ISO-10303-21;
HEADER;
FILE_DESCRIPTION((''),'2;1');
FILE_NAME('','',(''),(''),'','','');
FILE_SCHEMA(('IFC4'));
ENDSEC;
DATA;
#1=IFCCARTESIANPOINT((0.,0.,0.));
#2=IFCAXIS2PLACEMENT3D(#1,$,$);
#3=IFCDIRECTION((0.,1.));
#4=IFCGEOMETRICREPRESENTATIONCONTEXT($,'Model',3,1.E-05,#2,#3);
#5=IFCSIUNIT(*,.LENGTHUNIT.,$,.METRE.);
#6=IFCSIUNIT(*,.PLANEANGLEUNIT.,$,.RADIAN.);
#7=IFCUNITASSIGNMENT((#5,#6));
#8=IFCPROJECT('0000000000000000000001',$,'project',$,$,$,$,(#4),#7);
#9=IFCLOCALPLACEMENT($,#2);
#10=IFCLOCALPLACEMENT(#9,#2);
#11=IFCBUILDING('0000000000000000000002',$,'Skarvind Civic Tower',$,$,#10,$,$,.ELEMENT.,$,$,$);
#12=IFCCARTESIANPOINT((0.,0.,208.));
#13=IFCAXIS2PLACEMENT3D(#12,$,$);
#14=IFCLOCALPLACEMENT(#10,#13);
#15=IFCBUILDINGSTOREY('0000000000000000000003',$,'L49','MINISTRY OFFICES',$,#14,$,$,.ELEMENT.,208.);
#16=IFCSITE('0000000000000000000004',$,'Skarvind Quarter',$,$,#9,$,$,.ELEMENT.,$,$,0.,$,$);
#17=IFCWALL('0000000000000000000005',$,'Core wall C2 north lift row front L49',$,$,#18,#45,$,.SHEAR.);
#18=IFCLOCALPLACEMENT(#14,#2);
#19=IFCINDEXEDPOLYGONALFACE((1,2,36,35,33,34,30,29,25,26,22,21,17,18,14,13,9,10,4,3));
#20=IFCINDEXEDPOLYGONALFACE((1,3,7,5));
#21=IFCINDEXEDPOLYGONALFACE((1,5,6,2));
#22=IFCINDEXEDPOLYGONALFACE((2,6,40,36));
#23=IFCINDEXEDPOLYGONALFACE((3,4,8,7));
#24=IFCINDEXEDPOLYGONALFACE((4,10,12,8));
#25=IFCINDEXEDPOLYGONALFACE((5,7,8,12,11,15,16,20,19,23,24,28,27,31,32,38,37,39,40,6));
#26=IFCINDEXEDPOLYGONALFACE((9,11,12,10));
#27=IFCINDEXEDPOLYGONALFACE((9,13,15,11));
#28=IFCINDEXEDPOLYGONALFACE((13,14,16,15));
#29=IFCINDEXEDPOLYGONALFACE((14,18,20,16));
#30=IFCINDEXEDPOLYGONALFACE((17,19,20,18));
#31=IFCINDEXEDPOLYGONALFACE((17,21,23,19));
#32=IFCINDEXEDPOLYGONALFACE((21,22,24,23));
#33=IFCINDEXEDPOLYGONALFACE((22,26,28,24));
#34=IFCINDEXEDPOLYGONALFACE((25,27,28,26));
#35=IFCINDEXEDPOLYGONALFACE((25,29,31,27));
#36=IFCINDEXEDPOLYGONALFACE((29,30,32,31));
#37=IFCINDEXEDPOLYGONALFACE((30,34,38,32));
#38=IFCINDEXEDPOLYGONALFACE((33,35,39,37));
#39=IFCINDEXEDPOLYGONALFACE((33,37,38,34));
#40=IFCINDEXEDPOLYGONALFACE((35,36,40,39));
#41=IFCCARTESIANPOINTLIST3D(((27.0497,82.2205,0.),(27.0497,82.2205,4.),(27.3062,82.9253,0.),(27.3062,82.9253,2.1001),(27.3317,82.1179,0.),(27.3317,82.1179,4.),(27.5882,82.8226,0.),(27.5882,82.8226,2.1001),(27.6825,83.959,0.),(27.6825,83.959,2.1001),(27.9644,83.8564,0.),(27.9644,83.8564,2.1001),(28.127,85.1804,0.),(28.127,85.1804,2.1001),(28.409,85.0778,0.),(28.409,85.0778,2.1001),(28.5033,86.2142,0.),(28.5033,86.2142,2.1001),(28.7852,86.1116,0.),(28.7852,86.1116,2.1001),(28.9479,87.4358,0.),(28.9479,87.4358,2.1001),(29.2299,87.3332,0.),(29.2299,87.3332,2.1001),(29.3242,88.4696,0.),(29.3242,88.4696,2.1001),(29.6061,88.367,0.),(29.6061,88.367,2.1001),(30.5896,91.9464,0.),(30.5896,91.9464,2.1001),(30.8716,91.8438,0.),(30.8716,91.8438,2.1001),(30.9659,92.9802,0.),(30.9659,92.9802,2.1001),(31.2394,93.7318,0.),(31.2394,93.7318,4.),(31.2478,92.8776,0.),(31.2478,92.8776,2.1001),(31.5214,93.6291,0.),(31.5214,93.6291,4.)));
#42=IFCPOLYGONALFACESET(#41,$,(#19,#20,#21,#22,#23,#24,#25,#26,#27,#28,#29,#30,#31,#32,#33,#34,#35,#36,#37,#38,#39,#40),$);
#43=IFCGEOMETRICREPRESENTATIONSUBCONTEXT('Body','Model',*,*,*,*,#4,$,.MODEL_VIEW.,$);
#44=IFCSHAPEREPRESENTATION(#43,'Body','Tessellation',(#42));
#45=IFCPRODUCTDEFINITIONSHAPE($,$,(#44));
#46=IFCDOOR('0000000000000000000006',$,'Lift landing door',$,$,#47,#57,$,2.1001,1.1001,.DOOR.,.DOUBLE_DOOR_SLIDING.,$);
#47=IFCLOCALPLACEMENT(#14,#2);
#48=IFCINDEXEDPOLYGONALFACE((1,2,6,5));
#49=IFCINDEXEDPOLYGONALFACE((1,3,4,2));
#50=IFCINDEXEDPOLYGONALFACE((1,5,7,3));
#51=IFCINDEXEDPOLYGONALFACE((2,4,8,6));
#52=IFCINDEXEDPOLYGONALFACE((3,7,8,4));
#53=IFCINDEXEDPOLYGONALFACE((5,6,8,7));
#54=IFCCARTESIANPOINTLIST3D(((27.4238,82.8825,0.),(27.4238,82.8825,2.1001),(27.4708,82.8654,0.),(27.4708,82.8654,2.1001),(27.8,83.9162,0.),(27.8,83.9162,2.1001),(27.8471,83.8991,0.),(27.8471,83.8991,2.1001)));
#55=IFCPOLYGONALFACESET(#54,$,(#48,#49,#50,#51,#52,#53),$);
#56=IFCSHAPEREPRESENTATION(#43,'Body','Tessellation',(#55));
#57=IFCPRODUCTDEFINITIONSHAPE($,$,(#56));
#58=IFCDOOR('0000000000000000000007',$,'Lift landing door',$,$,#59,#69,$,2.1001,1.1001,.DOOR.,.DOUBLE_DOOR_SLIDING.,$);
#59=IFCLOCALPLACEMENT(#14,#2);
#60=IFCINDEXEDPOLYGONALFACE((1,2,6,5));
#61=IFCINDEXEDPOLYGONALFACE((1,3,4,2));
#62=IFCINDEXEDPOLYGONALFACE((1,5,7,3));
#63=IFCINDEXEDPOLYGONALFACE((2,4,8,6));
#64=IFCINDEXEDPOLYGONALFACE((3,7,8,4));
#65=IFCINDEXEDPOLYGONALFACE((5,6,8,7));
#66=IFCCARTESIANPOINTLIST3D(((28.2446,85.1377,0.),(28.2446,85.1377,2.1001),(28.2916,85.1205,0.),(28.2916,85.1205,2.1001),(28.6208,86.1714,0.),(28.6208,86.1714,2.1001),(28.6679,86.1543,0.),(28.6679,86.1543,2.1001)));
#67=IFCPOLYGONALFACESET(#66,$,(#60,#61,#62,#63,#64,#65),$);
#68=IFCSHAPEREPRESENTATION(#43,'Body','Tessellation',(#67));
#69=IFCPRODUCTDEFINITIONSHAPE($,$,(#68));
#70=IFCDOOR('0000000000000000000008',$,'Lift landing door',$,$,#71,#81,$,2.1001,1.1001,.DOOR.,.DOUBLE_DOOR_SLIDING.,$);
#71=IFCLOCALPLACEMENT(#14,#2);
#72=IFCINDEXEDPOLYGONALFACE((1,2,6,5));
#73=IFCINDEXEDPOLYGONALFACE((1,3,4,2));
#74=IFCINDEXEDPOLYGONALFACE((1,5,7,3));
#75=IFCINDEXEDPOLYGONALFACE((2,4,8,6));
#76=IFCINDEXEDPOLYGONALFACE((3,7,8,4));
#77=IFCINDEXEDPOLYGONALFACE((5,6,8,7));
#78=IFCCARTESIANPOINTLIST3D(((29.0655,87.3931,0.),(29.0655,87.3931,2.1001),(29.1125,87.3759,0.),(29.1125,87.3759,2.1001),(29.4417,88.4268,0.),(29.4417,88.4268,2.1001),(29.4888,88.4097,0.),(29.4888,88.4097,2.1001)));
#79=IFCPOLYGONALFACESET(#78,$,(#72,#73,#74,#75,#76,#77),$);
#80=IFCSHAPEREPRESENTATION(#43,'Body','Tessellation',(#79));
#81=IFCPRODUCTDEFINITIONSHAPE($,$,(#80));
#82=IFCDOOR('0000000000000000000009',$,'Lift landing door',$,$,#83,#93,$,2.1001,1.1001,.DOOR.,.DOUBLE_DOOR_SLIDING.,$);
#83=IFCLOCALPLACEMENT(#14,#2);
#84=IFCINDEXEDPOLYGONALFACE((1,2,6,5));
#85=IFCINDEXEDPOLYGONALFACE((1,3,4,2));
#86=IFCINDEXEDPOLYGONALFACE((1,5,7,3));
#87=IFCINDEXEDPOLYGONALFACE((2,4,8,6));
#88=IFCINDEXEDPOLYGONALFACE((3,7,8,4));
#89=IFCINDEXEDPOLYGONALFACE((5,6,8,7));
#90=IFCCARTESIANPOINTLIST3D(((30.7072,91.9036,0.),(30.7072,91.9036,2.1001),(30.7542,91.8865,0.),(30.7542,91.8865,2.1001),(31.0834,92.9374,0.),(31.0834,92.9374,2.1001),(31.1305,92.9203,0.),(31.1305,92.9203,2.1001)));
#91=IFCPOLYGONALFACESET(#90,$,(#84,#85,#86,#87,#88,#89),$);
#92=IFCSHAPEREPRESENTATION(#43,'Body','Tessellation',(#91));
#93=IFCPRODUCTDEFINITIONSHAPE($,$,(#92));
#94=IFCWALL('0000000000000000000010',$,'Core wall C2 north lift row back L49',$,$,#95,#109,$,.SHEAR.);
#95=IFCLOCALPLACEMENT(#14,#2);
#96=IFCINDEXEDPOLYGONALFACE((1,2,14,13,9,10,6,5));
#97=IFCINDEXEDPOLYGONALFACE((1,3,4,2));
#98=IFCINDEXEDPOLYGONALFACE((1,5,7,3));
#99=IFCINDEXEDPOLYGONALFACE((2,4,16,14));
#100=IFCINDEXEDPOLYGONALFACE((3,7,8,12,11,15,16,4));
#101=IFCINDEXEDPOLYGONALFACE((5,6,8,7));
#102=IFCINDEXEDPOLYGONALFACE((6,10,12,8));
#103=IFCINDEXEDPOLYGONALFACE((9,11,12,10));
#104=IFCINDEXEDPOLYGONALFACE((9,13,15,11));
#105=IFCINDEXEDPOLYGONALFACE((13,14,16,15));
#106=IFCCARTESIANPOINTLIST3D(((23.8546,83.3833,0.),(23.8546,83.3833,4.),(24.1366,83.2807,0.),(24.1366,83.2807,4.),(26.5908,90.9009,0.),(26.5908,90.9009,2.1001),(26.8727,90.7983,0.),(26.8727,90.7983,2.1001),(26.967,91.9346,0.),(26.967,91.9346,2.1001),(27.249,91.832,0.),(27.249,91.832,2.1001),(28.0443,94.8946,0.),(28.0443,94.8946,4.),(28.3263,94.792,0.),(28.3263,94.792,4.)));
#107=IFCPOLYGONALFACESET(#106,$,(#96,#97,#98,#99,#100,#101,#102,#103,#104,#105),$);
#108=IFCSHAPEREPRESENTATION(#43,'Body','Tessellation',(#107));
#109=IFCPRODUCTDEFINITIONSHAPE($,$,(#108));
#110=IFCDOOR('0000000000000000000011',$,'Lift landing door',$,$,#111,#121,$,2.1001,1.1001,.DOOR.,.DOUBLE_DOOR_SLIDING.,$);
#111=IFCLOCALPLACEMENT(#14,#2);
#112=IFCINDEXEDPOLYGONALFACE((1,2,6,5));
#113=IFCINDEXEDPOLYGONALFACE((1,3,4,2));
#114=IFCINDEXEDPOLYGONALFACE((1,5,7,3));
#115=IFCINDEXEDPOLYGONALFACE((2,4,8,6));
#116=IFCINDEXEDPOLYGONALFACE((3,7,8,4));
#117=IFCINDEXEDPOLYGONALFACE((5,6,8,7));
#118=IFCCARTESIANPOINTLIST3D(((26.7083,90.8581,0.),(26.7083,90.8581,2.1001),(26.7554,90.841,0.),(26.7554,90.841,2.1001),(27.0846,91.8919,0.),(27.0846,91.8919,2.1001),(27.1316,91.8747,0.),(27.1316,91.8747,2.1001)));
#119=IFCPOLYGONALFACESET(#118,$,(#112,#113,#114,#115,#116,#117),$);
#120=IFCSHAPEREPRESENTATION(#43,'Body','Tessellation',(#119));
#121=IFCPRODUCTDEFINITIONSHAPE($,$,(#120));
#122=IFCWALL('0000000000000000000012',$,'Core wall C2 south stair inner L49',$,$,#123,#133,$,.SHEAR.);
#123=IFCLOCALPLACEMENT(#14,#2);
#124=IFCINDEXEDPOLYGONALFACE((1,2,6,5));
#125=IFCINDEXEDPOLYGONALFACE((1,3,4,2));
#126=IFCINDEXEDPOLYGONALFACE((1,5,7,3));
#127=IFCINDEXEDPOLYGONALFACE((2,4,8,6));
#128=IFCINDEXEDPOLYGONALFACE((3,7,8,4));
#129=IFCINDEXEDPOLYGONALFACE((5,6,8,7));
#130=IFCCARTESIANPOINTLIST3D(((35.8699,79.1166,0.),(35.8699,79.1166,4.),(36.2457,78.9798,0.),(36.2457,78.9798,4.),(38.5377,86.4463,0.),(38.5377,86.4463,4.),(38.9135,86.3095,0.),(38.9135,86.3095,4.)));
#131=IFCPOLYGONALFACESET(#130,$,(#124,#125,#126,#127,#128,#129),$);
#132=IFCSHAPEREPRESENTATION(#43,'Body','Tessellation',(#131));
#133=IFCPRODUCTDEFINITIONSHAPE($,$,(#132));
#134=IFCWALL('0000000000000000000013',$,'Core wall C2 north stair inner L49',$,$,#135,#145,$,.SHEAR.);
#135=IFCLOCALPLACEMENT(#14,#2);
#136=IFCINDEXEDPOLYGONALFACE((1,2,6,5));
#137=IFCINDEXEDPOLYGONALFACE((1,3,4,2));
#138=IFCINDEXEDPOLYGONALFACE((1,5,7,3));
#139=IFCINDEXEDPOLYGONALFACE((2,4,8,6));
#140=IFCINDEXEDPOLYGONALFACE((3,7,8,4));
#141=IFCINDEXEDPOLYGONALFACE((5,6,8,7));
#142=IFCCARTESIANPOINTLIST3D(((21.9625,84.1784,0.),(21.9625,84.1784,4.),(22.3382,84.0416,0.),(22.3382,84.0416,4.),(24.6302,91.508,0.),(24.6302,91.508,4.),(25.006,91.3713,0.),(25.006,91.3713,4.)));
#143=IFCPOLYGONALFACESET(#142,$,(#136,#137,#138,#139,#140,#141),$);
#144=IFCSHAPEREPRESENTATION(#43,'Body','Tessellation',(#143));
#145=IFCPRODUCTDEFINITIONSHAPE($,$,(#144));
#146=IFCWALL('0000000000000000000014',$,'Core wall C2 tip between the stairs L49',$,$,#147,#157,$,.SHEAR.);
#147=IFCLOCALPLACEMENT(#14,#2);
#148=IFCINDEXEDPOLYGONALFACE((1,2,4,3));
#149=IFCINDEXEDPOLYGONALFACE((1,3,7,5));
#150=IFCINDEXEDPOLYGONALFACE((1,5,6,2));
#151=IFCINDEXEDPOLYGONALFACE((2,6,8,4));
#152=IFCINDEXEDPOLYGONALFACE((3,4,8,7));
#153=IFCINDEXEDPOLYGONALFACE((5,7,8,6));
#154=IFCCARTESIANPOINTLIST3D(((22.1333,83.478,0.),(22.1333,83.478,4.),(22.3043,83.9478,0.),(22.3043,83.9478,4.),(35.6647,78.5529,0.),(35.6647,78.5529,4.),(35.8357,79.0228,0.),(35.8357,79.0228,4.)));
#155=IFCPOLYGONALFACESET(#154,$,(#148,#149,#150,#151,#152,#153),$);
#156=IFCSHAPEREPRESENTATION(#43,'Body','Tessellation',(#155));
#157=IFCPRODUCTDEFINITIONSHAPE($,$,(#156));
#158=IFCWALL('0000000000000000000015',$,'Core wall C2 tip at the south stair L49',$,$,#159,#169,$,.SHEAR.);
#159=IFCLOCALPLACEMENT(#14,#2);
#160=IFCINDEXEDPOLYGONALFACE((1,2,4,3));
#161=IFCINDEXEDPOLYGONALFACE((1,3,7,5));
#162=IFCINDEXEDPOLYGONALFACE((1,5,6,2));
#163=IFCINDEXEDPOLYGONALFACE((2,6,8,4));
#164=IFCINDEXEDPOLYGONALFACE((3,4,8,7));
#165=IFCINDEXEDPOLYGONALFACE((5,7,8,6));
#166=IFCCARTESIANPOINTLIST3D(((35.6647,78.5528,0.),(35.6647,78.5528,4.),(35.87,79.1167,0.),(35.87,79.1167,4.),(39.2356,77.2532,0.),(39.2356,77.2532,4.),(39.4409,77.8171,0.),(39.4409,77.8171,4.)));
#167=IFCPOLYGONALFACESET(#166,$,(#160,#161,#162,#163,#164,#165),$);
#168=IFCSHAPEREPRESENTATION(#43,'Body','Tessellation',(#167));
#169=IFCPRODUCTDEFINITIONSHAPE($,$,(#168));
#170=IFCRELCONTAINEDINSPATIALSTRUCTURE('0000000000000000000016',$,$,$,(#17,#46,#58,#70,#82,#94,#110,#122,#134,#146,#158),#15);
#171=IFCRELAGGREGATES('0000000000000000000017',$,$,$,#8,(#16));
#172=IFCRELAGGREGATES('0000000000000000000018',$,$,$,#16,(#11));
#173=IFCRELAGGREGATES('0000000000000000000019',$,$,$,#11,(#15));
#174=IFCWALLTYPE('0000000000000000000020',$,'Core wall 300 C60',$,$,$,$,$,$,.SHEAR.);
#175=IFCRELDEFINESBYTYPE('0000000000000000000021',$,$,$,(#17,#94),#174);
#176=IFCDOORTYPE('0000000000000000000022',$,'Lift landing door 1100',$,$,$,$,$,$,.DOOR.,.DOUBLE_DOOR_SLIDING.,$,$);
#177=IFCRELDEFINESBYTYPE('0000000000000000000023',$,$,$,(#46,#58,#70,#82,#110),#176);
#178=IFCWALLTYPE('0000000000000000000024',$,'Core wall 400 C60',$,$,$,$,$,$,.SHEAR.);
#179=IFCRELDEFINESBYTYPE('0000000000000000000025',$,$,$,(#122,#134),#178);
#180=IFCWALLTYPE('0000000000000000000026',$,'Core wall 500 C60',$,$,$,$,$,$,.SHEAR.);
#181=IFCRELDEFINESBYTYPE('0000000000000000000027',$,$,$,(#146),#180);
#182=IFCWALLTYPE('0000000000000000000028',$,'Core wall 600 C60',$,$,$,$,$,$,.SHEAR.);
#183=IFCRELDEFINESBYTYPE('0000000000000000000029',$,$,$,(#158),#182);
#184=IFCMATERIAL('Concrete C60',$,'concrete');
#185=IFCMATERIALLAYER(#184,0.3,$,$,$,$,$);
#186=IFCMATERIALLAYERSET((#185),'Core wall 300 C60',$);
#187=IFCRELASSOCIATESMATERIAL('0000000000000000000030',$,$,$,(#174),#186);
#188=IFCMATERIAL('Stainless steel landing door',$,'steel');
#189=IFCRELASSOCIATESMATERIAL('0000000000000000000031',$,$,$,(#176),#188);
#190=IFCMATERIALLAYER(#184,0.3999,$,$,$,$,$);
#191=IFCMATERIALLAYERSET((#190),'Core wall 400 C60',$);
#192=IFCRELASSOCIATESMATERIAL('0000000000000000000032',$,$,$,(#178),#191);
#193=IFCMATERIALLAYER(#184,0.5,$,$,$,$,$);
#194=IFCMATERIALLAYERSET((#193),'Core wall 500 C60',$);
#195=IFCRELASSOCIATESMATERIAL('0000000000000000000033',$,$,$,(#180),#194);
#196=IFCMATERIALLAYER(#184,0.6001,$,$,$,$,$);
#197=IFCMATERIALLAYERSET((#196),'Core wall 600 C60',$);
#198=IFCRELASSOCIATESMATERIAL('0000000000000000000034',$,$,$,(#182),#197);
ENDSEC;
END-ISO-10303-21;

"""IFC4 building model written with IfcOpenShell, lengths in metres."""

from ifc_helpers import new_model, si_unit, direction, frame, frame_2d, origin, place, context, subcontext, project, spatial, rectangle, extrude, material, layer, layer_set, type_object, element, fill, save


model = new_model("IFC4")

# Units and contexts
model_context = context("Model", 3, precision=1e-05, world=origin(), true_north=direction((0.0, 1.0)))
body_context = subcontext(model_context, "Body", "Model", "MODEL_VIEW")
ifc_project = project(units=[si_unit("LENGTHUNIT", "METRE"), si_unit("PLANEANGLEUNIT", "RADIAN")], contexts=[model_context])

# Site, building, storey
site_placement = place(None, origin())
site = spatial("IfcSite", under=ifc_project, at=site_placement, Name="Skarvind Quarter", CompositionType="ELEMENT", RefElevation=0.0)
building_placement = place(site_placement, origin())
building = spatial("IfcBuilding", under=site, at=building_placement, Name="Skarvind Civic Tower", CompositionType="ELEMENT")
storey_placement = place(building_placement, frame((0.0, 0.0, 208.0)))
storey = spatial("IfcBuildingStorey", under=building, at=storey_placement, Name="L49", Description="MINISTRY OFFICES", CompositionType="ELEMENT", Elevation=208.0)

# Shared definitions
ifc_material_1 = material(Name="Concrete C60", Category="concrete")
ifc_layer_1 = layer(ifc_material_1, 0.3)
ifc_layer_set_1 = layer_set([ifc_layer_1], Name="Core wall 300 C60")
wall_type_1 = type_object("IfcWallType", Name="Core wall 300 C60", PredefinedType="SHEAR", material=ifc_layer_set_1)

# Wall, openings, doors
wall_1_placement = place(storey_placement, frame((27.1907, 82.1692, 0.0), z_axis=(0.0, 0.0, 1.0), x_axis=(0.342017, 0.939694, 0.0)))
wall_1 = element("IfcWall", 1, at=wall_1_placement, inside=storey, type_object=wall_type_1, Name="Core wall C2 north lift row front L49", PredefinedType="SHEAR", context=body_context, shape_type="SweptSolid", body=[
    extrude(rectangle(XDim=12.25, YDim=0.3, at=frame_2d((6.125, 0.0))), origin(), (0.0, 0.0, 1.0), 4.0),
])
opening_1_placement = place(wall_1_placement, frame((0.75, 0.0, 0.0)))
opening_1 = element("IfcOpeningElement", 2, at=opening_1_placement, cuts=wall_1, PredefinedType="OPENING", context=body_context, shape_type="SweptSolid", body=[
    extrude(rectangle(XDim=1.1001, YDim=2.1001, at=frame_2d((0.55, 1.05))), frame((0.0, 0.1599, 0.0), z_axis=(0.0, -1.0, 0.0), x_axis=(1.0, 0.0, 0.0)), (0.0, 0.0, 1.0), 0.3201),
])
opening_2_placement = place(wall_1_placement, frame((3.1499, 0.0, 0.0)))
opening_2 = element("IfcOpeningElement", 3, at=opening_2_placement, cuts=wall_1, PredefinedType="OPENING", context=body_context, shape_type="SweptSolid", body=[
    extrude(rectangle(XDim=1.1001, YDim=2.1001, at=frame_2d((0.55, 1.05))), frame((0.0, 0.1599, 0.0), z_axis=(0.0, -1.0, 0.0), x_axis=(1.0, 0.0, 0.0)), (0.0, 0.0, 1.0), 0.3201),
])
opening_3_placement = place(wall_1_placement, frame((5.55, 0.0, 0.0)))
opening_3 = element("IfcOpeningElement", 4, at=opening_3_placement, cuts=wall_1, PredefinedType="OPENING", context=body_context, shape_type="SweptSolid", body=[
    extrude(rectangle(XDim=1.1001, YDim=2.1001, at=frame_2d((0.55, 1.05))), frame((0.0, 0.1599, 0.0), z_axis=(0.0, -1.0, 0.0), x_axis=(1.0, 0.0, 0.0)), (0.0, 0.0, 1.0), 0.3201),
])
opening_4_placement = place(wall_1_placement, frame((10.3501, 0.0, 0.0)))
opening_4 = element("IfcOpeningElement", 5, at=opening_4_placement, cuts=wall_1, PredefinedType="OPENING", context=body_context, shape_type="SweptSolid", body=[
    extrude(rectangle(XDim=1.1001, YDim=2.1001, at=frame_2d((0.55, 1.05))), frame((0.0, 0.1599, 0.0), z_axis=(0.0, -1.0, 0.0), x_axis=(1.0, 0.0, 0.0)), (0.0, 0.0, 1.0), 0.3201),
])
ifc_material_2 = material(Name="Stainless steel landing door", Category="steel")
door_type_1 = type_object("IfcDoorType", Name="Lift landing door 1100", OperationType="DOUBLE_DOOR_SLIDING", PredefinedType="DOOR", material=ifc_material_2)
door_1_placement = place(opening_1_placement, origin())
door_1 = element("IfcDoor", 6, at=door_1_placement, inside=storey, type_object=door_type_1, Name="Lift landing door", OperationType="DOUBLE_DOOR_SLIDING", OverallHeight=2.1001, OverallWidth=1.1001, PredefinedType="DOOR", context=body_context, shape_type="SweptSolid", body=[
    extrude(rectangle(XDim=1.1001, YDim=2.1001, at=frame_2d((0.55, 1.05))), frame((0.0, 0.0249, 0.0), z_axis=(0.0, -1.0, 0.0), x_axis=(1.0, 0.0, 0.0)), (0.0, 0.0, 1.0), 0.05),
])
fill(opening_1, door_1)
door_2_placement = place(opening_2_placement, origin())
door_2 = element("IfcDoor", 7, at=door_2_placement, inside=storey, type_object=door_type_1, Name="Lift landing door", OperationType="DOUBLE_DOOR_SLIDING", OverallHeight=2.1001, OverallWidth=1.1001, PredefinedType="DOOR", context=body_context, shape_type="SweptSolid", body=[
    extrude(rectangle(XDim=1.1001, YDim=2.1001, at=frame_2d((0.55, 1.05))), frame((0.0, 0.0249, 0.0), z_axis=(0.0, -1.0, 0.0), x_axis=(1.0, 0.0, 0.0)), (0.0, 0.0, 1.0), 0.05),
])
fill(opening_2, door_2)
door_3_placement = place(opening_3_placement, origin())
door_3 = element("IfcDoor", 8, at=door_3_placement, inside=storey, type_object=door_type_1, Name="Lift landing door", OperationType="DOUBLE_DOOR_SLIDING", OverallHeight=2.1001, OverallWidth=1.1001, PredefinedType="DOOR", context=body_context, shape_type="SweptSolid", body=[
    extrude(rectangle(XDim=1.1001, YDim=2.1001, at=frame_2d((0.55, 1.05))), frame((0.0, 0.0249, 0.0), z_axis=(0.0, -1.0, 0.0), x_axis=(1.0, 0.0, 0.0)), (0.0, 0.0, 1.0), 0.05),
])
fill(opening_3, door_3)
door_4_placement = place(opening_4_placement, origin())
door_4 = element("IfcDoor", 9, at=door_4_placement, inside=storey, type_object=door_type_1, Name="Lift landing door", OperationType="DOUBLE_DOOR_SLIDING", OverallHeight=2.1001, OverallWidth=1.1001, PredefinedType="DOOR", context=body_context, shape_type="SweptSolid", body=[
    extrude(rectangle(XDim=1.1001, YDim=2.1001, at=frame_2d((0.55, 1.05))), frame((0.0, 0.0249, 0.0), z_axis=(0.0, -1.0, 0.0), x_axis=(1.0, 0.0, 0.0)), (0.0, 0.0, 1.0), 0.05),
])
fill(opening_4, door_4)

# Wall, opening, door
wall_2_placement = place(storey_placement, frame((23.9956, 83.332, 0.0), z_axis=(0.0, 0.0, 1.0), x_axis=(0.342017, 0.939694, 0.0)))
wall_2 = element("IfcWall", 10, at=wall_2_placement, inside=storey, type_object=wall_type_1, Name="Core wall C2 north lift row back L49", PredefinedType="SHEAR", context=body_context, shape_type="SweptSolid", body=[
    extrude(rectangle(XDim=12.25, YDim=0.3, at=frame_2d((6.125, 0.0))), origin(), (0.0, 0.0, 1.0), 4.0),
])
opening_5_placement = place(wall_2_placement, frame((8.0, 0.0, 0.0)))
opening_5 = element("IfcOpeningElement", 11, at=opening_5_placement, cuts=wall_2, PredefinedType="OPENING", context=body_context, shape_type="SweptSolid", body=[
    extrude(rectangle(XDim=1.1001, YDim=2.1001, at=frame_2d((0.55, 1.05))), frame((0.0, 0.1599, 0.0), z_axis=(0.0, -1.0, 0.0), x_axis=(1.0, 0.0, 0.0)), (0.0, 0.0, 1.0), 0.3201),
])
door_5_placement = place(opening_5_placement, origin())
door_5 = element("IfcDoor", 12, at=door_5_placement, inside=storey, type_object=door_type_1, Name="Lift landing door", OperationType="DOUBLE_DOOR_SLIDING", OverallHeight=2.1001, OverallWidth=1.1001, PredefinedType="DOOR", context=body_context, shape_type="SweptSolid", body=[
    extrude(rectangle(XDim=1.1001, YDim=2.1001, at=frame_2d((0.55, 1.05))), frame((0.0, 0.0249, 0.0), z_axis=(0.0, -1.0, 0.0), x_axis=(1.0, 0.0, 0.0)), (0.0, 0.0, 1.0), 0.05),
])
fill(opening_5, door_5)

# Walls
ifc_layer_2 = layer(ifc_material_1, 0.3999)
ifc_layer_set_2 = layer_set([ifc_layer_2], Name="Core wall 400 C60")
wall_type_2 = type_object("IfcWallType", Name="Core wall 400 C60", PredefinedType="SHEAR", material=ifc_layer_set_2)
for number, where, z_axis, x_axis, name in (
    (13, (36.0579, 79.0483, 0.0), (0.0, 0.0, 1.0), (0.342017, 0.939694, 0.0), "Core wall C2 south stair inner L49"),
    (14, (22.1504, 84.1101, 0.0), (0.0, 0.0, 1.0), (0.342017, 0.939694, 0.0), "Core wall C2 north stair inner L49"),
):
    element("IfcWall", number, at=place(storey_placement, frame(where, z_axis=z_axis, x_axis=x_axis)), inside=storey, type_object=wall_type_2, Name=name, PredefinedType="SHEAR", context=body_context, shape_type="SweptSolid", body=[
        extrude(rectangle(XDim=7.8, YDim=0.3999, at=frame_2d((3.8999, 0.0))), origin(), (0.0, 0.0, 1.0), 4.0),
    ])
ifc_layer_3 = layer(ifc_material_1, 0.5)
ifc_layer_set_3 = layer_set([ifc_layer_3], Name="Core wall 500 C60")
wall_type_3 = type_object("IfcWallType", Name="Core wall 500 C60", PredefinedType="SHEAR", material=ifc_layer_set_3)
wall_3_placement = place(storey_placement, frame((35.7502, 78.7878, 0.0), z_axis=(0.0, 0.0, 1.0), x_axis=(-0.939693, 0.342019, 0.0)))
element("IfcWall", 15, at=wall_3_placement, inside=storey, type_object=wall_type_3, Name="Core wall C2 tip between the stairs L49", PredefinedType="SHEAR", context=body_context, shape_type="SweptSolid", body=[
    extrude(rectangle(XDim=14.3999, YDim=0.5, at=frame_2d((7.2, 0.0))), origin(), (0.0, 0.0, 1.0), 4.0),
])
ifc_layer_4 = layer(ifc_material_1, 0.6001)
ifc_layer_set_4 = layer_set([ifc_layer_4], Name="Core wall 600 C60")
wall_type_4 = type_object("IfcWallType", Name="Core wall 600 C60", PredefinedType="SHEAR", material=ifc_layer_set_4)
for number, where, z_axis, x_axis, name in (
    (16, (39.3381, 77.5352, 0.0), (0.0, 0.0, 1.0), (-0.939701, 0.341996, 0.0), "Core wall C2 tip at the south stair L49"),
):
    element("IfcWall", number, at=place(storey_placement, frame(where, z_axis=z_axis, x_axis=x_axis)), inside=storey, type_object=wall_type_4, Name=name, PredefinedType="SHEAR", context=body_context, shape_type="SweptSolid", body=[
        extrude(rectangle(XDim=3.8, YDim=0.6001, at=frame_2d((1.8999, 0.0))), origin(), (0.0, 0.0, 1.0), 4.0),
    ])

save(model, "model.ifc")
